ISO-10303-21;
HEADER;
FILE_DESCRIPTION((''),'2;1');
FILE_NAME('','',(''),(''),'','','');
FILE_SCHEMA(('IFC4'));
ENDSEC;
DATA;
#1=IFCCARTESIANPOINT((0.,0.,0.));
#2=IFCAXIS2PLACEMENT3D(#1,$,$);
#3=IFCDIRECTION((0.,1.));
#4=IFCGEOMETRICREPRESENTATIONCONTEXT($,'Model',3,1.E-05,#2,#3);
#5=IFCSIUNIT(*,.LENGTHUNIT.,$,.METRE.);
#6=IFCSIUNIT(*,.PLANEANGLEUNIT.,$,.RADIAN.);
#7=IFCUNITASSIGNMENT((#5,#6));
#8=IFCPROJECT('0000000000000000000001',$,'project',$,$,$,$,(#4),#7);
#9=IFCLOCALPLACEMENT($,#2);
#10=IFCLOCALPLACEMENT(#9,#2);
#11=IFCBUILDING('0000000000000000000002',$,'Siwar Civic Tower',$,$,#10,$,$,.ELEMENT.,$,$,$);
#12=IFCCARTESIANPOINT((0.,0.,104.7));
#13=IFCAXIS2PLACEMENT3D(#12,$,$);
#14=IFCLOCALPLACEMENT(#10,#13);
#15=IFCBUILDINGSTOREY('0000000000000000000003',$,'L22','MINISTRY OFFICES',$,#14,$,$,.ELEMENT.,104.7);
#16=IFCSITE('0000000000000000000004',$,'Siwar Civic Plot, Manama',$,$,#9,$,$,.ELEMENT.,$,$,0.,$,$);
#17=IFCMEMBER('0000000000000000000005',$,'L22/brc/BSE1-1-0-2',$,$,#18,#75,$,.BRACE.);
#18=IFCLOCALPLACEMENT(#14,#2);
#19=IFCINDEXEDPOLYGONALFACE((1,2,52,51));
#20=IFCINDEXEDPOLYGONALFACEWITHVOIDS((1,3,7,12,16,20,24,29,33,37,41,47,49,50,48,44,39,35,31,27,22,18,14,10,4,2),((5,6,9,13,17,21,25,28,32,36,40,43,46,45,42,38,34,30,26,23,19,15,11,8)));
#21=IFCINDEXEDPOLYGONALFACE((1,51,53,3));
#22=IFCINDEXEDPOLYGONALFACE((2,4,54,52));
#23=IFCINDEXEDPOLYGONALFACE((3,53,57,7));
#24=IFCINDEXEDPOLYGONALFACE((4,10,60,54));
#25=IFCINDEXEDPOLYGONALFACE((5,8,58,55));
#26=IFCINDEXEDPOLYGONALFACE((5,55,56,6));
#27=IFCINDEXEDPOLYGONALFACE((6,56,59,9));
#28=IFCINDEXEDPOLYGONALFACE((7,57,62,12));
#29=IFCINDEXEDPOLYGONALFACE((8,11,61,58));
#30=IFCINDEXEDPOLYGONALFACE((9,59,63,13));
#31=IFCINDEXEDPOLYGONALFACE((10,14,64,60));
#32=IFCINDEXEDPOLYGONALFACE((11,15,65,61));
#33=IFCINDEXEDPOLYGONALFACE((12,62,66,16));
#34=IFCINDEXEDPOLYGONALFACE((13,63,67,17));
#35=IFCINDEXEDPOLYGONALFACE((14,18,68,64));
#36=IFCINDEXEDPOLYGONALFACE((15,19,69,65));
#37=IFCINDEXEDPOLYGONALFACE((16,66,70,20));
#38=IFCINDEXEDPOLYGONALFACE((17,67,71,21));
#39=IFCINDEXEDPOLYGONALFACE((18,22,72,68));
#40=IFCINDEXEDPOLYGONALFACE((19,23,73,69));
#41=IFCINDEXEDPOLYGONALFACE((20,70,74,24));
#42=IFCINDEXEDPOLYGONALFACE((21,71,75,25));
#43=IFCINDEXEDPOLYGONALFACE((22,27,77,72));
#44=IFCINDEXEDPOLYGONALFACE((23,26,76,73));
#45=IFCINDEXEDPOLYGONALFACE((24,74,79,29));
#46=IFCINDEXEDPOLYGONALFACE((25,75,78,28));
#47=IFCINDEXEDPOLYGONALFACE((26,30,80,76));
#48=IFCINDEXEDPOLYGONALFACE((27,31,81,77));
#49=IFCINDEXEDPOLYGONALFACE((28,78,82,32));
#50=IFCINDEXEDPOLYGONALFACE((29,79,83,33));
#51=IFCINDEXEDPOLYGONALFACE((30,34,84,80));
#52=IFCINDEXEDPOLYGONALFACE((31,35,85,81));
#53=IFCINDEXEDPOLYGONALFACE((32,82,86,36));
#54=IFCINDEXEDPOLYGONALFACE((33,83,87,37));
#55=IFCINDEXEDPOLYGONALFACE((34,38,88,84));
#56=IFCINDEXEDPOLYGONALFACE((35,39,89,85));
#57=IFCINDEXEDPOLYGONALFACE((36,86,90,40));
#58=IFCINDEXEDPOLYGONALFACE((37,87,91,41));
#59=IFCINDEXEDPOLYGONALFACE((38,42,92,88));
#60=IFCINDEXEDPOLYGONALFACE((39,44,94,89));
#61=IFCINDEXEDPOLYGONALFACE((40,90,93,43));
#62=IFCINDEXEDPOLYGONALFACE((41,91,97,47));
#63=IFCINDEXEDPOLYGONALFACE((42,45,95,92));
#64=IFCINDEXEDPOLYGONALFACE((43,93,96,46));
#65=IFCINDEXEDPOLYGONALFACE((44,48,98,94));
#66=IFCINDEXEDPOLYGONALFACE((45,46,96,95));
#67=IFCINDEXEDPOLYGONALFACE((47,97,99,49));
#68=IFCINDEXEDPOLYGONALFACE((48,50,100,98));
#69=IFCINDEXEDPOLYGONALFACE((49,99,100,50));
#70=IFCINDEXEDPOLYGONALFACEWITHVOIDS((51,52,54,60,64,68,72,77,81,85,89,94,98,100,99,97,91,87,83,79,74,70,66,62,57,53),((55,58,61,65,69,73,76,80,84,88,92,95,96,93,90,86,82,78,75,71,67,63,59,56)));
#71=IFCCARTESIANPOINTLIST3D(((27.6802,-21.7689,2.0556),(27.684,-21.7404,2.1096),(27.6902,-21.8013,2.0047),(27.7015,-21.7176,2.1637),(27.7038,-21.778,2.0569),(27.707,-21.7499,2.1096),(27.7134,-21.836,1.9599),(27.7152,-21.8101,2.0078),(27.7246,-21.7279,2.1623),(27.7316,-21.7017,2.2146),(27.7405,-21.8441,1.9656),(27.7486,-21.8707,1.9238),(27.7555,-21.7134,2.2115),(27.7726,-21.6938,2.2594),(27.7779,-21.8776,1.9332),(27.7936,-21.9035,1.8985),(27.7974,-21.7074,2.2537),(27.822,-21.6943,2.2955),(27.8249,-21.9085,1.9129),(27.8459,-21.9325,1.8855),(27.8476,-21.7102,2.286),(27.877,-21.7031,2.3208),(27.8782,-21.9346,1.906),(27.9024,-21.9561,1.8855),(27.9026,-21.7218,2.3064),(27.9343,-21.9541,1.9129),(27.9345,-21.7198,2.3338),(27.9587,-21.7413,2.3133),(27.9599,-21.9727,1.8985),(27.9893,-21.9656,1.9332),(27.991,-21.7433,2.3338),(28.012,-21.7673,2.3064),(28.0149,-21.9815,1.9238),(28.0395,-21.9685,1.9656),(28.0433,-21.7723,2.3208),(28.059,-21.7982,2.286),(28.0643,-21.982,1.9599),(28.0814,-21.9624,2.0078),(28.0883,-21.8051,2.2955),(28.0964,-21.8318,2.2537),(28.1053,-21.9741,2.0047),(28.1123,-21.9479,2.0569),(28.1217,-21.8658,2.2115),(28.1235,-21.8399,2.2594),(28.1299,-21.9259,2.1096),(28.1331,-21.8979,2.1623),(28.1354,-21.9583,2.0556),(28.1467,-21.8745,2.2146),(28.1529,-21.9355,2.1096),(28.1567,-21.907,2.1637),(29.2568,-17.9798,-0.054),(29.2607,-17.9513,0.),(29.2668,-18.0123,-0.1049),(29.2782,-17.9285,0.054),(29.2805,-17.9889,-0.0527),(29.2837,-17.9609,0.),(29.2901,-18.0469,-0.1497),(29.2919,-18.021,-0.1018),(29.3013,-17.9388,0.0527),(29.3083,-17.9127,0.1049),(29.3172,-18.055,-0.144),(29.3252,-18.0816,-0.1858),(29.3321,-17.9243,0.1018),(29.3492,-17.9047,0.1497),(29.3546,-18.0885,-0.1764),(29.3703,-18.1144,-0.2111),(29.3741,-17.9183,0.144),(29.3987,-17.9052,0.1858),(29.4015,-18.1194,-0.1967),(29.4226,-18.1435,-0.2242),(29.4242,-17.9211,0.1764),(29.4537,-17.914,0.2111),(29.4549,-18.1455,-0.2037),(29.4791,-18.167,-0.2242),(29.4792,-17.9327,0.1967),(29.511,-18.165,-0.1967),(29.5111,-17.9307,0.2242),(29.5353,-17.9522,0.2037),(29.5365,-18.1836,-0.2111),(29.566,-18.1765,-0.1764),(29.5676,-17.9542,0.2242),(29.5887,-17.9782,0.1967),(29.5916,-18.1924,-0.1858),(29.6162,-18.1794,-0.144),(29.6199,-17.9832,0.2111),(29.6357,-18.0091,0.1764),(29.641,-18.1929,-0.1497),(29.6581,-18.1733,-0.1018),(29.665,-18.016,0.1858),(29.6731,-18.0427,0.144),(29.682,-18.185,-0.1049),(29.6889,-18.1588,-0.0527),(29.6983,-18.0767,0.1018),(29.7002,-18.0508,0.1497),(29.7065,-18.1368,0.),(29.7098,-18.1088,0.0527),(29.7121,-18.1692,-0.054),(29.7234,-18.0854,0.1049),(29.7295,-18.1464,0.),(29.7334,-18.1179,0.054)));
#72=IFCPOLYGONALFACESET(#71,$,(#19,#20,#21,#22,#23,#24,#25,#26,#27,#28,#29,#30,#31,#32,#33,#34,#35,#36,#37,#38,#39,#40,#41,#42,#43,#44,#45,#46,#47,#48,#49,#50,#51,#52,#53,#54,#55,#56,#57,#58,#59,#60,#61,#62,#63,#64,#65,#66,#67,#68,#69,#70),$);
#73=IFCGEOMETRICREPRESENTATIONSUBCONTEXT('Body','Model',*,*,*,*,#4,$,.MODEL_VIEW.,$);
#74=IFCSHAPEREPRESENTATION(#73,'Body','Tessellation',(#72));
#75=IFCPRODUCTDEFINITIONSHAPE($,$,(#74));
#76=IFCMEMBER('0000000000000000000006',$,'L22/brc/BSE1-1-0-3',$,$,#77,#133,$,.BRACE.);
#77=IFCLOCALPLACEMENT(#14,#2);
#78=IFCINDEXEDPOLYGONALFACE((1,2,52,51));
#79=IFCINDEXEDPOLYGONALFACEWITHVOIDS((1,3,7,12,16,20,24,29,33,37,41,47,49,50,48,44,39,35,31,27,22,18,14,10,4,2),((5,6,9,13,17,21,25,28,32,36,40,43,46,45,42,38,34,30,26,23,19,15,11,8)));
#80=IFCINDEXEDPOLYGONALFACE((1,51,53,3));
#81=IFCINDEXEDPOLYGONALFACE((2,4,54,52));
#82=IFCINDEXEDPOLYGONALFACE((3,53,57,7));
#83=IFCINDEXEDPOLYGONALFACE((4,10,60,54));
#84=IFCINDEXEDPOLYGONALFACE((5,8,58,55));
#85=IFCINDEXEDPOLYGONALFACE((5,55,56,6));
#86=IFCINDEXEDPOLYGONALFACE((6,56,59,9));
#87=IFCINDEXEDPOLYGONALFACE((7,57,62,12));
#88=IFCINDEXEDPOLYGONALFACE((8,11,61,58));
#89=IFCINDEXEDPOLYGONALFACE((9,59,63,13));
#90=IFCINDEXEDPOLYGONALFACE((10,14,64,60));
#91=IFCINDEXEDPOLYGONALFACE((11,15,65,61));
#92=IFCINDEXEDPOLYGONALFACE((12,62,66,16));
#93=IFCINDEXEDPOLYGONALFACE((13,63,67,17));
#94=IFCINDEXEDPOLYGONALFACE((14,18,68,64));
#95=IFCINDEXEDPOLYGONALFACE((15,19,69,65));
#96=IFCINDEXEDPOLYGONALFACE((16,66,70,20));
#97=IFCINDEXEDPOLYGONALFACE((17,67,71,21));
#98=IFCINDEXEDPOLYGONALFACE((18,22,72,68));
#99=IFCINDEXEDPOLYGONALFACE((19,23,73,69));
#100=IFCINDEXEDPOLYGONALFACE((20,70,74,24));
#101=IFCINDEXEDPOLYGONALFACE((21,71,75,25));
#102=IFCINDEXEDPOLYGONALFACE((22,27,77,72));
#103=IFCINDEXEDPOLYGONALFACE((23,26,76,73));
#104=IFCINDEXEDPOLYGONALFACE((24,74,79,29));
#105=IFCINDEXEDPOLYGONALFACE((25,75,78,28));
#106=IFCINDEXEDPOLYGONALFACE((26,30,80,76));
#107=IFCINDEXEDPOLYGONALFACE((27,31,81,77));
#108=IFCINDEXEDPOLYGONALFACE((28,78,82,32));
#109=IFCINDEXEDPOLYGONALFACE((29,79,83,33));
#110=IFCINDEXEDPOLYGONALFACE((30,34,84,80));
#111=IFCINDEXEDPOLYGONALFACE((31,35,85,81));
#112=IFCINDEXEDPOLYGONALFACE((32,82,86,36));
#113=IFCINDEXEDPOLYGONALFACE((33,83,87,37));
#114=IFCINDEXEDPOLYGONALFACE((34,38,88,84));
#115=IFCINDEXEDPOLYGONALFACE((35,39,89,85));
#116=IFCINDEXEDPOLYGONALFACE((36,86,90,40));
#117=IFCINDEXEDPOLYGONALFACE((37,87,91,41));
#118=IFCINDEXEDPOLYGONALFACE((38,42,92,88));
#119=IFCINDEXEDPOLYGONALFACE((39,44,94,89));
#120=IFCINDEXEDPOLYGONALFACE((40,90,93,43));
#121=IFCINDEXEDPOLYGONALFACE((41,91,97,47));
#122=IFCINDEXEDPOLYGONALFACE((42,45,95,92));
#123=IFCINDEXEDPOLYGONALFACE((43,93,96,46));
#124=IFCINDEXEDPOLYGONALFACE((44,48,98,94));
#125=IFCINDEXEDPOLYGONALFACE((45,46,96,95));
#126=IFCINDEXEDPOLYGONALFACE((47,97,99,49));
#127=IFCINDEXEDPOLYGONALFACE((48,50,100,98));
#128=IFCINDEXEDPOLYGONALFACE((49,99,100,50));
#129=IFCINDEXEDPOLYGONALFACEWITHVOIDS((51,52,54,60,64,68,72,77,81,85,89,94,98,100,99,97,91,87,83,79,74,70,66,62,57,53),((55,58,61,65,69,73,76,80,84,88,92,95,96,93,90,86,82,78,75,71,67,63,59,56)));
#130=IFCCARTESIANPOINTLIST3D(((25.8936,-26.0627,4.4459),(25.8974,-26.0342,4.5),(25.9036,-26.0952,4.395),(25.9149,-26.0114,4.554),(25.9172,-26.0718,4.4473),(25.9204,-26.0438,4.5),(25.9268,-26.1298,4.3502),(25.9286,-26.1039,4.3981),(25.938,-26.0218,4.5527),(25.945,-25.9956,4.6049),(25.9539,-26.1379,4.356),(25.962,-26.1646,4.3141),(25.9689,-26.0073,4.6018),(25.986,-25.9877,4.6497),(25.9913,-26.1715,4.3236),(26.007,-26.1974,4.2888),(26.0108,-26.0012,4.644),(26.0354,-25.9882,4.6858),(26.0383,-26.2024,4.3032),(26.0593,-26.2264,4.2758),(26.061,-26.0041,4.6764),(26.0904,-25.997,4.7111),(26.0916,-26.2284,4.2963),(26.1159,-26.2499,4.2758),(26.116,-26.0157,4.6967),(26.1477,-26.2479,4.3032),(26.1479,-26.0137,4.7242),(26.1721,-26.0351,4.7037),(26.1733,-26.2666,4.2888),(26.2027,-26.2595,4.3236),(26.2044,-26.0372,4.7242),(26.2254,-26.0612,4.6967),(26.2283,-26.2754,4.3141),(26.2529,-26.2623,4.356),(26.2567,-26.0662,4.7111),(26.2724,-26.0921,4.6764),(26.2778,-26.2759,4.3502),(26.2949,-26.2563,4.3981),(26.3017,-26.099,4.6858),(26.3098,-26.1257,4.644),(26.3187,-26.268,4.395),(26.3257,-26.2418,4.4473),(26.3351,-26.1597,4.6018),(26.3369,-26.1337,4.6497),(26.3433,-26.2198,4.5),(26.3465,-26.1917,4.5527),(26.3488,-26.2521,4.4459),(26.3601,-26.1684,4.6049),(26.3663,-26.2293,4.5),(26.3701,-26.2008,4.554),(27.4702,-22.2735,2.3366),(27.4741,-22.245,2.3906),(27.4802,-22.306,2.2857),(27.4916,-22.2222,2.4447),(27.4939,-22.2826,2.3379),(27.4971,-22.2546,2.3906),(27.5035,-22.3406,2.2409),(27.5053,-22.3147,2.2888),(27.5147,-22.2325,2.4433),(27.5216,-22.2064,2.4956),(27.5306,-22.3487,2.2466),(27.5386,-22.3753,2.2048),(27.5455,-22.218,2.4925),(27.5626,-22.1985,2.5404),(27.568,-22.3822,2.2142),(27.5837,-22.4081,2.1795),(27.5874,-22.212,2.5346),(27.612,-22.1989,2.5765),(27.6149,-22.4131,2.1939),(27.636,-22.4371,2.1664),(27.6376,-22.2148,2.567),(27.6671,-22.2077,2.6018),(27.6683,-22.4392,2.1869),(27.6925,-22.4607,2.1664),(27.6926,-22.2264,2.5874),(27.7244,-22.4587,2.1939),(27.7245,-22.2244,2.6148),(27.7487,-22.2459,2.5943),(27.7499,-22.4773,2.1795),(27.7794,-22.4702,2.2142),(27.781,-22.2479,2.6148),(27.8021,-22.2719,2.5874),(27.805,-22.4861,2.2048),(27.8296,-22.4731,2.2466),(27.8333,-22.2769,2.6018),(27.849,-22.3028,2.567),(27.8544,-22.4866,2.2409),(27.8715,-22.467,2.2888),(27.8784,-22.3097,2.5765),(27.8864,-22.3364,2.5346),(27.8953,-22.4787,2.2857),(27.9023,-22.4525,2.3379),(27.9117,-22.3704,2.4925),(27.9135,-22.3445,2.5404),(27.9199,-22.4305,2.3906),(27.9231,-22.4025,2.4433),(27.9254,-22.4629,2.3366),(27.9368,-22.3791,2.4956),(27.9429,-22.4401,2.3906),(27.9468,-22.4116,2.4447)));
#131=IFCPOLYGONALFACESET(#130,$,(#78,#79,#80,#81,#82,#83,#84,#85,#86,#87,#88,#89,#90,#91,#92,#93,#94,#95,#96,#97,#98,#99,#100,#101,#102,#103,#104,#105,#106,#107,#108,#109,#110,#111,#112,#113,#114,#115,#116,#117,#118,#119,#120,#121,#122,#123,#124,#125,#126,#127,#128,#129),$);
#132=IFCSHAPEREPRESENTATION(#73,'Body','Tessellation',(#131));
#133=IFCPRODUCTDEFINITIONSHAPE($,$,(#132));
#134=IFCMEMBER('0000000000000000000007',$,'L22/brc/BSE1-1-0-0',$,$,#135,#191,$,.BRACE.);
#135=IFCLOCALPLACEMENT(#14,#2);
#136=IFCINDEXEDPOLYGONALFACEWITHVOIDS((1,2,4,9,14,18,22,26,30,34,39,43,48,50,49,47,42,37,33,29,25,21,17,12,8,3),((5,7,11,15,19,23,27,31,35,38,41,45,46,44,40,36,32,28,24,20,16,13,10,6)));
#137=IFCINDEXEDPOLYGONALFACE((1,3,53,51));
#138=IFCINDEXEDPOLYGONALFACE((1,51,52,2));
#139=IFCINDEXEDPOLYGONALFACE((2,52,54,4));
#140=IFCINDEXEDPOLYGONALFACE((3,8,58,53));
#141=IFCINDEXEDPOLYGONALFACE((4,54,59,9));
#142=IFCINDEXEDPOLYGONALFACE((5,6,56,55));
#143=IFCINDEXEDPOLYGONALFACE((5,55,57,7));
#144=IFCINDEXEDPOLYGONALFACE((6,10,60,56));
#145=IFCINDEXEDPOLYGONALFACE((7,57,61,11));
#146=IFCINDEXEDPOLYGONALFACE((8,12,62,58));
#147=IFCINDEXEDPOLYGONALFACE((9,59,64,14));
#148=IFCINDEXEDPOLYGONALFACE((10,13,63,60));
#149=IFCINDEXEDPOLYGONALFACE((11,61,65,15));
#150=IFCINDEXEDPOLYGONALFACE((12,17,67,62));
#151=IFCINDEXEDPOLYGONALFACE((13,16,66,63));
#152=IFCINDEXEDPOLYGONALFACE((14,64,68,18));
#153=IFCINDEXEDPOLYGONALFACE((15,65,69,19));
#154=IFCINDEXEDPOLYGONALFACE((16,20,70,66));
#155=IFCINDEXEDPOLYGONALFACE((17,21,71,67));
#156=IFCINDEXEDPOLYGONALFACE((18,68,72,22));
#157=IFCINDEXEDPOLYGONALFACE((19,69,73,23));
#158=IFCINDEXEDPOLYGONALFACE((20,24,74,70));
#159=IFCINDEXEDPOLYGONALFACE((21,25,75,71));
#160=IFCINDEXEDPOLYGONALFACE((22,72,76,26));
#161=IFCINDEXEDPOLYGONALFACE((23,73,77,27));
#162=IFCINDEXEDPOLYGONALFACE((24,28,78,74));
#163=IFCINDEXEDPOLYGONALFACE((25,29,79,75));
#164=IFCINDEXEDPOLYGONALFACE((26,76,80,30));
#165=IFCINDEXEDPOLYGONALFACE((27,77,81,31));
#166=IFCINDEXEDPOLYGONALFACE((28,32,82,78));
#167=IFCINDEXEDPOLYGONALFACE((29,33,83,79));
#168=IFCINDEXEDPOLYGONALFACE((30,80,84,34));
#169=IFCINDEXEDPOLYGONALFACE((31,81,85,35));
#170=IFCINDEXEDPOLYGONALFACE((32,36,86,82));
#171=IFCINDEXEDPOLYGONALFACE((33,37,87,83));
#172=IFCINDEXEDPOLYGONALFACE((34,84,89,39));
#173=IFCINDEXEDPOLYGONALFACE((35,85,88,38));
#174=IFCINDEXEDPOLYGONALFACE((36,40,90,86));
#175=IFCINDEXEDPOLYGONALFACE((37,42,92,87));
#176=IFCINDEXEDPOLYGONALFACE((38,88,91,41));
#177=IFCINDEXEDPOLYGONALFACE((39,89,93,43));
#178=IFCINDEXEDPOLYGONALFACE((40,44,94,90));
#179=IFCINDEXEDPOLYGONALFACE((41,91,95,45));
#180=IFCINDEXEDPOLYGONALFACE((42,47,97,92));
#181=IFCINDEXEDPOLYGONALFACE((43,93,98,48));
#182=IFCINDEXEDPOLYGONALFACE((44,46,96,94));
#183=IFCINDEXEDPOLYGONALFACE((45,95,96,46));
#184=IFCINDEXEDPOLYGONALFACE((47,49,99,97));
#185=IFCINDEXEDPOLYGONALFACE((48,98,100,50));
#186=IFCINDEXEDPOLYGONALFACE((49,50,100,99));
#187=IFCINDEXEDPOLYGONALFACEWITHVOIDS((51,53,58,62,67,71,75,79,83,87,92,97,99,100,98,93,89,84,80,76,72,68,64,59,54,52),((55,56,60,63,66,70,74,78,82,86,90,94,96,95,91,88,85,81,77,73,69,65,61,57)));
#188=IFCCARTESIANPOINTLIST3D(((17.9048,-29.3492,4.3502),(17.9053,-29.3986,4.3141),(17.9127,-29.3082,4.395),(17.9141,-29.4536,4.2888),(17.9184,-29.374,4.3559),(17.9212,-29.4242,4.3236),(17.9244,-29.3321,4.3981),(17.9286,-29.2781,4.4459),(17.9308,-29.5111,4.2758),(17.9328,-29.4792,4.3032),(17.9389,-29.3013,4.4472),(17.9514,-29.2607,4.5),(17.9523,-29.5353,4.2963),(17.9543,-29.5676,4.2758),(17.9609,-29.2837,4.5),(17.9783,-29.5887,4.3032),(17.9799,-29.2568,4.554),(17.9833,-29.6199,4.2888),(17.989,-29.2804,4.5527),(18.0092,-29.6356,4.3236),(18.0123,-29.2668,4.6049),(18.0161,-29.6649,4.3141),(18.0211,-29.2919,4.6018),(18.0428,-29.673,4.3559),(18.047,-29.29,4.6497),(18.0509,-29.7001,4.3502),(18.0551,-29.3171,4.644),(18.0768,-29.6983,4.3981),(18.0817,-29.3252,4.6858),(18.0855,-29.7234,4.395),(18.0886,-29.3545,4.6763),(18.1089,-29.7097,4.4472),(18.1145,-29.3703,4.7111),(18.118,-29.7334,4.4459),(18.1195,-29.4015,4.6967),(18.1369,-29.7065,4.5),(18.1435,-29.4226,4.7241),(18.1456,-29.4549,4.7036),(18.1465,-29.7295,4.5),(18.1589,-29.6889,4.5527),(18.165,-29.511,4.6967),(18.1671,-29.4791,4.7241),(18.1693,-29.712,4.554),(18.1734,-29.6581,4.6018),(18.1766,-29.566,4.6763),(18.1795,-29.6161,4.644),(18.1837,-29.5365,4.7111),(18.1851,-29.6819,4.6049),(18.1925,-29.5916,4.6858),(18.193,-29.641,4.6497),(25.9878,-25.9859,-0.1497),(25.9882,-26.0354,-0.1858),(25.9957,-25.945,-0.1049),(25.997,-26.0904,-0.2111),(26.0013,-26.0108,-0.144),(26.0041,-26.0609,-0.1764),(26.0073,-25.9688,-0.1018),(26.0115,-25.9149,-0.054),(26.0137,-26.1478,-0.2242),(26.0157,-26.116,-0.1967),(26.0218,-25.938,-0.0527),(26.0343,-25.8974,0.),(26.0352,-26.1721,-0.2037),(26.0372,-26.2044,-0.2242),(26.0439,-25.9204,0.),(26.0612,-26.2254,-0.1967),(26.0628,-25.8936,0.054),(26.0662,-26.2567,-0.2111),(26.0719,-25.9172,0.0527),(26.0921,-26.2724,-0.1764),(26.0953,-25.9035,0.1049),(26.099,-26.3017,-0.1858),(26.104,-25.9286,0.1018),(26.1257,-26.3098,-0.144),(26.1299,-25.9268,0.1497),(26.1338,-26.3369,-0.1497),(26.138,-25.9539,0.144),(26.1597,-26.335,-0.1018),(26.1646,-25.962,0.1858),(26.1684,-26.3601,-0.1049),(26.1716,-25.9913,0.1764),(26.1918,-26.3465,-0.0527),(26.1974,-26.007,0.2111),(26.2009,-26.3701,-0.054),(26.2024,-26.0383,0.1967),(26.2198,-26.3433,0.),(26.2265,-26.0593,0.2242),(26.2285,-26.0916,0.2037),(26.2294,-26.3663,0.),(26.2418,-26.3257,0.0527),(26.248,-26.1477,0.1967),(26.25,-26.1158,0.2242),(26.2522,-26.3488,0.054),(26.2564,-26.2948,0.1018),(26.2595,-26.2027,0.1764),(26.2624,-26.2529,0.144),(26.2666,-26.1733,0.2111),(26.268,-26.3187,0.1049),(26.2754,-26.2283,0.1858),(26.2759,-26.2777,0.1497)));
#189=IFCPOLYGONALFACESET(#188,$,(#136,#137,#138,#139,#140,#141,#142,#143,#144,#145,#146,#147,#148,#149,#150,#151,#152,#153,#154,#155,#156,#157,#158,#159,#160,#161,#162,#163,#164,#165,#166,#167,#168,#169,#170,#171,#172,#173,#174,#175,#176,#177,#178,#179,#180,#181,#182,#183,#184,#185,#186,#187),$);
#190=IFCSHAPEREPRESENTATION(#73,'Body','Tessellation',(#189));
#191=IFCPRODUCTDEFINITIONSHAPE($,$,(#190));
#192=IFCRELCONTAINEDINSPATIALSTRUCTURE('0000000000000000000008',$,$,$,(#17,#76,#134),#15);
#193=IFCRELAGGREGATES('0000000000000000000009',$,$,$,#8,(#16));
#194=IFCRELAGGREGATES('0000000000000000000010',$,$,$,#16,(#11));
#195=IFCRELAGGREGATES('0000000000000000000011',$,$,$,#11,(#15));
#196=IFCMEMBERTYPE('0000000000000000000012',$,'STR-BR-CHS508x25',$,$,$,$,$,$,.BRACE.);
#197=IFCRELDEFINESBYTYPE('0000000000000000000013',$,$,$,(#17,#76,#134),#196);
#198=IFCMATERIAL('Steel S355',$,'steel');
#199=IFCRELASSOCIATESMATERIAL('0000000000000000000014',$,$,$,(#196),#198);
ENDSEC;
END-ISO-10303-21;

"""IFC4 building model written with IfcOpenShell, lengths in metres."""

from ifc_helpers import new_model, si_unit, direction, frame, origin, origin_2d, place, context, subcontext, project, spatial, hollow_circle, extrude, material, material_profile, profile_set, type_object, element, save


model = new_model("IFC4")

# Units and contexts
model_context = context("Model", 3, precision=1e-05, world=origin(), true_north=direction((0.0, 1.0)))
body_context = subcontext(model_context, "Body", "Model", "MODEL_VIEW")
ifc_project = project(units=[si_unit("LENGTHUNIT", "METRE"), si_unit("PLANEANGLEUNIT", "RADIAN")], contexts=[model_context])

# Site, building, storey
site_placement = place(None, origin())
site = spatial("IfcSite", under=ifc_project, at=site_placement, Name="Siwar Civic Plot, Manama", CompositionType="ELEMENT", RefElevation=0.0)
building_placement = place(site_placement, origin())
building = spatial("IfcBuilding", under=site, at=building_placement, Name="Siwar Civic Tower", CompositionType="ELEMENT")
storey_placement = place(building_placement, frame((0.0, 0.0, 104.7)))
storey = spatial("IfcBuildingStorey", under=building, at=storey_placement, Name="L22", Description="MINISTRY OFFICES", CompositionType="ELEMENT", Elevation=104.7)

# Members
ifc_material_1 = material(Name="Steel S355", Category="steel")
ifc_material_profile_1 = material_profile(ifc_material_1, hollow_circle(Radius=0.2539, WallThickness=0.0249, at=origin_2d()), Name="CHS508x25")
ifc_profile_set_1 = profile_set([ifc_material_profile_1], Name="Steel S355")
member_type_1 = type_object("IfcMemberType", Name="STR-BR-CHS508x25", PredefinedType="BRACE", material=ifc_profile_set_1)
for number, where, z_axis, x_axis, name in (
    (1, (29.4951, -18.0488, 0.0), (-0.341677, -0.821126, 0.457175), (0.92326, -0.384176, 0.0), "L22/brc/BSE1-1-0-2"),
    (2, (27.7085, -22.3425, 2.3906), (-0.341671, -0.821163, 0.457113), (0.923269, -0.384155, 0.0), "L22/brc/BSE1-1-0-3"),
):
    element("IfcMember", number, at=place(storey_placement, frame(where, z_axis=z_axis, x_axis=x_axis)), inside=storey, type_object=member_type_1, Name=name, PredefinedType="BRACE", context=body_context, shape_type="SweptSolid", body=[
        extrude(hollow_circle(Radius=0.2539, WallThickness=0.0249, at=origin_2d()), origin(), (0.0, 0.0, 1.0), 4.6145),
    ])
member_1_placement = place(storey_placement, frame((26.1318, -26.1318, 0.0), z_axis=(-0.821143, -0.341671, 0.457149), x_axis=(0.384164, -0.923265, 0.0)))
element("IfcMember", 3, at=member_1_placement, inside=storey, type_object=member_type_1, Name="L22/brc/BSE1-1-0-0", PredefinedType="BRACE", context=body_context, shape_type="SweptSolid", body=[
    extrude(hollow_circle(Radius=0.2539, WallThickness=0.0249, at=origin_2d()), origin(), (0.0, 0.0, 1.0), 9.8435),
])

save(model, "model.ifc")
